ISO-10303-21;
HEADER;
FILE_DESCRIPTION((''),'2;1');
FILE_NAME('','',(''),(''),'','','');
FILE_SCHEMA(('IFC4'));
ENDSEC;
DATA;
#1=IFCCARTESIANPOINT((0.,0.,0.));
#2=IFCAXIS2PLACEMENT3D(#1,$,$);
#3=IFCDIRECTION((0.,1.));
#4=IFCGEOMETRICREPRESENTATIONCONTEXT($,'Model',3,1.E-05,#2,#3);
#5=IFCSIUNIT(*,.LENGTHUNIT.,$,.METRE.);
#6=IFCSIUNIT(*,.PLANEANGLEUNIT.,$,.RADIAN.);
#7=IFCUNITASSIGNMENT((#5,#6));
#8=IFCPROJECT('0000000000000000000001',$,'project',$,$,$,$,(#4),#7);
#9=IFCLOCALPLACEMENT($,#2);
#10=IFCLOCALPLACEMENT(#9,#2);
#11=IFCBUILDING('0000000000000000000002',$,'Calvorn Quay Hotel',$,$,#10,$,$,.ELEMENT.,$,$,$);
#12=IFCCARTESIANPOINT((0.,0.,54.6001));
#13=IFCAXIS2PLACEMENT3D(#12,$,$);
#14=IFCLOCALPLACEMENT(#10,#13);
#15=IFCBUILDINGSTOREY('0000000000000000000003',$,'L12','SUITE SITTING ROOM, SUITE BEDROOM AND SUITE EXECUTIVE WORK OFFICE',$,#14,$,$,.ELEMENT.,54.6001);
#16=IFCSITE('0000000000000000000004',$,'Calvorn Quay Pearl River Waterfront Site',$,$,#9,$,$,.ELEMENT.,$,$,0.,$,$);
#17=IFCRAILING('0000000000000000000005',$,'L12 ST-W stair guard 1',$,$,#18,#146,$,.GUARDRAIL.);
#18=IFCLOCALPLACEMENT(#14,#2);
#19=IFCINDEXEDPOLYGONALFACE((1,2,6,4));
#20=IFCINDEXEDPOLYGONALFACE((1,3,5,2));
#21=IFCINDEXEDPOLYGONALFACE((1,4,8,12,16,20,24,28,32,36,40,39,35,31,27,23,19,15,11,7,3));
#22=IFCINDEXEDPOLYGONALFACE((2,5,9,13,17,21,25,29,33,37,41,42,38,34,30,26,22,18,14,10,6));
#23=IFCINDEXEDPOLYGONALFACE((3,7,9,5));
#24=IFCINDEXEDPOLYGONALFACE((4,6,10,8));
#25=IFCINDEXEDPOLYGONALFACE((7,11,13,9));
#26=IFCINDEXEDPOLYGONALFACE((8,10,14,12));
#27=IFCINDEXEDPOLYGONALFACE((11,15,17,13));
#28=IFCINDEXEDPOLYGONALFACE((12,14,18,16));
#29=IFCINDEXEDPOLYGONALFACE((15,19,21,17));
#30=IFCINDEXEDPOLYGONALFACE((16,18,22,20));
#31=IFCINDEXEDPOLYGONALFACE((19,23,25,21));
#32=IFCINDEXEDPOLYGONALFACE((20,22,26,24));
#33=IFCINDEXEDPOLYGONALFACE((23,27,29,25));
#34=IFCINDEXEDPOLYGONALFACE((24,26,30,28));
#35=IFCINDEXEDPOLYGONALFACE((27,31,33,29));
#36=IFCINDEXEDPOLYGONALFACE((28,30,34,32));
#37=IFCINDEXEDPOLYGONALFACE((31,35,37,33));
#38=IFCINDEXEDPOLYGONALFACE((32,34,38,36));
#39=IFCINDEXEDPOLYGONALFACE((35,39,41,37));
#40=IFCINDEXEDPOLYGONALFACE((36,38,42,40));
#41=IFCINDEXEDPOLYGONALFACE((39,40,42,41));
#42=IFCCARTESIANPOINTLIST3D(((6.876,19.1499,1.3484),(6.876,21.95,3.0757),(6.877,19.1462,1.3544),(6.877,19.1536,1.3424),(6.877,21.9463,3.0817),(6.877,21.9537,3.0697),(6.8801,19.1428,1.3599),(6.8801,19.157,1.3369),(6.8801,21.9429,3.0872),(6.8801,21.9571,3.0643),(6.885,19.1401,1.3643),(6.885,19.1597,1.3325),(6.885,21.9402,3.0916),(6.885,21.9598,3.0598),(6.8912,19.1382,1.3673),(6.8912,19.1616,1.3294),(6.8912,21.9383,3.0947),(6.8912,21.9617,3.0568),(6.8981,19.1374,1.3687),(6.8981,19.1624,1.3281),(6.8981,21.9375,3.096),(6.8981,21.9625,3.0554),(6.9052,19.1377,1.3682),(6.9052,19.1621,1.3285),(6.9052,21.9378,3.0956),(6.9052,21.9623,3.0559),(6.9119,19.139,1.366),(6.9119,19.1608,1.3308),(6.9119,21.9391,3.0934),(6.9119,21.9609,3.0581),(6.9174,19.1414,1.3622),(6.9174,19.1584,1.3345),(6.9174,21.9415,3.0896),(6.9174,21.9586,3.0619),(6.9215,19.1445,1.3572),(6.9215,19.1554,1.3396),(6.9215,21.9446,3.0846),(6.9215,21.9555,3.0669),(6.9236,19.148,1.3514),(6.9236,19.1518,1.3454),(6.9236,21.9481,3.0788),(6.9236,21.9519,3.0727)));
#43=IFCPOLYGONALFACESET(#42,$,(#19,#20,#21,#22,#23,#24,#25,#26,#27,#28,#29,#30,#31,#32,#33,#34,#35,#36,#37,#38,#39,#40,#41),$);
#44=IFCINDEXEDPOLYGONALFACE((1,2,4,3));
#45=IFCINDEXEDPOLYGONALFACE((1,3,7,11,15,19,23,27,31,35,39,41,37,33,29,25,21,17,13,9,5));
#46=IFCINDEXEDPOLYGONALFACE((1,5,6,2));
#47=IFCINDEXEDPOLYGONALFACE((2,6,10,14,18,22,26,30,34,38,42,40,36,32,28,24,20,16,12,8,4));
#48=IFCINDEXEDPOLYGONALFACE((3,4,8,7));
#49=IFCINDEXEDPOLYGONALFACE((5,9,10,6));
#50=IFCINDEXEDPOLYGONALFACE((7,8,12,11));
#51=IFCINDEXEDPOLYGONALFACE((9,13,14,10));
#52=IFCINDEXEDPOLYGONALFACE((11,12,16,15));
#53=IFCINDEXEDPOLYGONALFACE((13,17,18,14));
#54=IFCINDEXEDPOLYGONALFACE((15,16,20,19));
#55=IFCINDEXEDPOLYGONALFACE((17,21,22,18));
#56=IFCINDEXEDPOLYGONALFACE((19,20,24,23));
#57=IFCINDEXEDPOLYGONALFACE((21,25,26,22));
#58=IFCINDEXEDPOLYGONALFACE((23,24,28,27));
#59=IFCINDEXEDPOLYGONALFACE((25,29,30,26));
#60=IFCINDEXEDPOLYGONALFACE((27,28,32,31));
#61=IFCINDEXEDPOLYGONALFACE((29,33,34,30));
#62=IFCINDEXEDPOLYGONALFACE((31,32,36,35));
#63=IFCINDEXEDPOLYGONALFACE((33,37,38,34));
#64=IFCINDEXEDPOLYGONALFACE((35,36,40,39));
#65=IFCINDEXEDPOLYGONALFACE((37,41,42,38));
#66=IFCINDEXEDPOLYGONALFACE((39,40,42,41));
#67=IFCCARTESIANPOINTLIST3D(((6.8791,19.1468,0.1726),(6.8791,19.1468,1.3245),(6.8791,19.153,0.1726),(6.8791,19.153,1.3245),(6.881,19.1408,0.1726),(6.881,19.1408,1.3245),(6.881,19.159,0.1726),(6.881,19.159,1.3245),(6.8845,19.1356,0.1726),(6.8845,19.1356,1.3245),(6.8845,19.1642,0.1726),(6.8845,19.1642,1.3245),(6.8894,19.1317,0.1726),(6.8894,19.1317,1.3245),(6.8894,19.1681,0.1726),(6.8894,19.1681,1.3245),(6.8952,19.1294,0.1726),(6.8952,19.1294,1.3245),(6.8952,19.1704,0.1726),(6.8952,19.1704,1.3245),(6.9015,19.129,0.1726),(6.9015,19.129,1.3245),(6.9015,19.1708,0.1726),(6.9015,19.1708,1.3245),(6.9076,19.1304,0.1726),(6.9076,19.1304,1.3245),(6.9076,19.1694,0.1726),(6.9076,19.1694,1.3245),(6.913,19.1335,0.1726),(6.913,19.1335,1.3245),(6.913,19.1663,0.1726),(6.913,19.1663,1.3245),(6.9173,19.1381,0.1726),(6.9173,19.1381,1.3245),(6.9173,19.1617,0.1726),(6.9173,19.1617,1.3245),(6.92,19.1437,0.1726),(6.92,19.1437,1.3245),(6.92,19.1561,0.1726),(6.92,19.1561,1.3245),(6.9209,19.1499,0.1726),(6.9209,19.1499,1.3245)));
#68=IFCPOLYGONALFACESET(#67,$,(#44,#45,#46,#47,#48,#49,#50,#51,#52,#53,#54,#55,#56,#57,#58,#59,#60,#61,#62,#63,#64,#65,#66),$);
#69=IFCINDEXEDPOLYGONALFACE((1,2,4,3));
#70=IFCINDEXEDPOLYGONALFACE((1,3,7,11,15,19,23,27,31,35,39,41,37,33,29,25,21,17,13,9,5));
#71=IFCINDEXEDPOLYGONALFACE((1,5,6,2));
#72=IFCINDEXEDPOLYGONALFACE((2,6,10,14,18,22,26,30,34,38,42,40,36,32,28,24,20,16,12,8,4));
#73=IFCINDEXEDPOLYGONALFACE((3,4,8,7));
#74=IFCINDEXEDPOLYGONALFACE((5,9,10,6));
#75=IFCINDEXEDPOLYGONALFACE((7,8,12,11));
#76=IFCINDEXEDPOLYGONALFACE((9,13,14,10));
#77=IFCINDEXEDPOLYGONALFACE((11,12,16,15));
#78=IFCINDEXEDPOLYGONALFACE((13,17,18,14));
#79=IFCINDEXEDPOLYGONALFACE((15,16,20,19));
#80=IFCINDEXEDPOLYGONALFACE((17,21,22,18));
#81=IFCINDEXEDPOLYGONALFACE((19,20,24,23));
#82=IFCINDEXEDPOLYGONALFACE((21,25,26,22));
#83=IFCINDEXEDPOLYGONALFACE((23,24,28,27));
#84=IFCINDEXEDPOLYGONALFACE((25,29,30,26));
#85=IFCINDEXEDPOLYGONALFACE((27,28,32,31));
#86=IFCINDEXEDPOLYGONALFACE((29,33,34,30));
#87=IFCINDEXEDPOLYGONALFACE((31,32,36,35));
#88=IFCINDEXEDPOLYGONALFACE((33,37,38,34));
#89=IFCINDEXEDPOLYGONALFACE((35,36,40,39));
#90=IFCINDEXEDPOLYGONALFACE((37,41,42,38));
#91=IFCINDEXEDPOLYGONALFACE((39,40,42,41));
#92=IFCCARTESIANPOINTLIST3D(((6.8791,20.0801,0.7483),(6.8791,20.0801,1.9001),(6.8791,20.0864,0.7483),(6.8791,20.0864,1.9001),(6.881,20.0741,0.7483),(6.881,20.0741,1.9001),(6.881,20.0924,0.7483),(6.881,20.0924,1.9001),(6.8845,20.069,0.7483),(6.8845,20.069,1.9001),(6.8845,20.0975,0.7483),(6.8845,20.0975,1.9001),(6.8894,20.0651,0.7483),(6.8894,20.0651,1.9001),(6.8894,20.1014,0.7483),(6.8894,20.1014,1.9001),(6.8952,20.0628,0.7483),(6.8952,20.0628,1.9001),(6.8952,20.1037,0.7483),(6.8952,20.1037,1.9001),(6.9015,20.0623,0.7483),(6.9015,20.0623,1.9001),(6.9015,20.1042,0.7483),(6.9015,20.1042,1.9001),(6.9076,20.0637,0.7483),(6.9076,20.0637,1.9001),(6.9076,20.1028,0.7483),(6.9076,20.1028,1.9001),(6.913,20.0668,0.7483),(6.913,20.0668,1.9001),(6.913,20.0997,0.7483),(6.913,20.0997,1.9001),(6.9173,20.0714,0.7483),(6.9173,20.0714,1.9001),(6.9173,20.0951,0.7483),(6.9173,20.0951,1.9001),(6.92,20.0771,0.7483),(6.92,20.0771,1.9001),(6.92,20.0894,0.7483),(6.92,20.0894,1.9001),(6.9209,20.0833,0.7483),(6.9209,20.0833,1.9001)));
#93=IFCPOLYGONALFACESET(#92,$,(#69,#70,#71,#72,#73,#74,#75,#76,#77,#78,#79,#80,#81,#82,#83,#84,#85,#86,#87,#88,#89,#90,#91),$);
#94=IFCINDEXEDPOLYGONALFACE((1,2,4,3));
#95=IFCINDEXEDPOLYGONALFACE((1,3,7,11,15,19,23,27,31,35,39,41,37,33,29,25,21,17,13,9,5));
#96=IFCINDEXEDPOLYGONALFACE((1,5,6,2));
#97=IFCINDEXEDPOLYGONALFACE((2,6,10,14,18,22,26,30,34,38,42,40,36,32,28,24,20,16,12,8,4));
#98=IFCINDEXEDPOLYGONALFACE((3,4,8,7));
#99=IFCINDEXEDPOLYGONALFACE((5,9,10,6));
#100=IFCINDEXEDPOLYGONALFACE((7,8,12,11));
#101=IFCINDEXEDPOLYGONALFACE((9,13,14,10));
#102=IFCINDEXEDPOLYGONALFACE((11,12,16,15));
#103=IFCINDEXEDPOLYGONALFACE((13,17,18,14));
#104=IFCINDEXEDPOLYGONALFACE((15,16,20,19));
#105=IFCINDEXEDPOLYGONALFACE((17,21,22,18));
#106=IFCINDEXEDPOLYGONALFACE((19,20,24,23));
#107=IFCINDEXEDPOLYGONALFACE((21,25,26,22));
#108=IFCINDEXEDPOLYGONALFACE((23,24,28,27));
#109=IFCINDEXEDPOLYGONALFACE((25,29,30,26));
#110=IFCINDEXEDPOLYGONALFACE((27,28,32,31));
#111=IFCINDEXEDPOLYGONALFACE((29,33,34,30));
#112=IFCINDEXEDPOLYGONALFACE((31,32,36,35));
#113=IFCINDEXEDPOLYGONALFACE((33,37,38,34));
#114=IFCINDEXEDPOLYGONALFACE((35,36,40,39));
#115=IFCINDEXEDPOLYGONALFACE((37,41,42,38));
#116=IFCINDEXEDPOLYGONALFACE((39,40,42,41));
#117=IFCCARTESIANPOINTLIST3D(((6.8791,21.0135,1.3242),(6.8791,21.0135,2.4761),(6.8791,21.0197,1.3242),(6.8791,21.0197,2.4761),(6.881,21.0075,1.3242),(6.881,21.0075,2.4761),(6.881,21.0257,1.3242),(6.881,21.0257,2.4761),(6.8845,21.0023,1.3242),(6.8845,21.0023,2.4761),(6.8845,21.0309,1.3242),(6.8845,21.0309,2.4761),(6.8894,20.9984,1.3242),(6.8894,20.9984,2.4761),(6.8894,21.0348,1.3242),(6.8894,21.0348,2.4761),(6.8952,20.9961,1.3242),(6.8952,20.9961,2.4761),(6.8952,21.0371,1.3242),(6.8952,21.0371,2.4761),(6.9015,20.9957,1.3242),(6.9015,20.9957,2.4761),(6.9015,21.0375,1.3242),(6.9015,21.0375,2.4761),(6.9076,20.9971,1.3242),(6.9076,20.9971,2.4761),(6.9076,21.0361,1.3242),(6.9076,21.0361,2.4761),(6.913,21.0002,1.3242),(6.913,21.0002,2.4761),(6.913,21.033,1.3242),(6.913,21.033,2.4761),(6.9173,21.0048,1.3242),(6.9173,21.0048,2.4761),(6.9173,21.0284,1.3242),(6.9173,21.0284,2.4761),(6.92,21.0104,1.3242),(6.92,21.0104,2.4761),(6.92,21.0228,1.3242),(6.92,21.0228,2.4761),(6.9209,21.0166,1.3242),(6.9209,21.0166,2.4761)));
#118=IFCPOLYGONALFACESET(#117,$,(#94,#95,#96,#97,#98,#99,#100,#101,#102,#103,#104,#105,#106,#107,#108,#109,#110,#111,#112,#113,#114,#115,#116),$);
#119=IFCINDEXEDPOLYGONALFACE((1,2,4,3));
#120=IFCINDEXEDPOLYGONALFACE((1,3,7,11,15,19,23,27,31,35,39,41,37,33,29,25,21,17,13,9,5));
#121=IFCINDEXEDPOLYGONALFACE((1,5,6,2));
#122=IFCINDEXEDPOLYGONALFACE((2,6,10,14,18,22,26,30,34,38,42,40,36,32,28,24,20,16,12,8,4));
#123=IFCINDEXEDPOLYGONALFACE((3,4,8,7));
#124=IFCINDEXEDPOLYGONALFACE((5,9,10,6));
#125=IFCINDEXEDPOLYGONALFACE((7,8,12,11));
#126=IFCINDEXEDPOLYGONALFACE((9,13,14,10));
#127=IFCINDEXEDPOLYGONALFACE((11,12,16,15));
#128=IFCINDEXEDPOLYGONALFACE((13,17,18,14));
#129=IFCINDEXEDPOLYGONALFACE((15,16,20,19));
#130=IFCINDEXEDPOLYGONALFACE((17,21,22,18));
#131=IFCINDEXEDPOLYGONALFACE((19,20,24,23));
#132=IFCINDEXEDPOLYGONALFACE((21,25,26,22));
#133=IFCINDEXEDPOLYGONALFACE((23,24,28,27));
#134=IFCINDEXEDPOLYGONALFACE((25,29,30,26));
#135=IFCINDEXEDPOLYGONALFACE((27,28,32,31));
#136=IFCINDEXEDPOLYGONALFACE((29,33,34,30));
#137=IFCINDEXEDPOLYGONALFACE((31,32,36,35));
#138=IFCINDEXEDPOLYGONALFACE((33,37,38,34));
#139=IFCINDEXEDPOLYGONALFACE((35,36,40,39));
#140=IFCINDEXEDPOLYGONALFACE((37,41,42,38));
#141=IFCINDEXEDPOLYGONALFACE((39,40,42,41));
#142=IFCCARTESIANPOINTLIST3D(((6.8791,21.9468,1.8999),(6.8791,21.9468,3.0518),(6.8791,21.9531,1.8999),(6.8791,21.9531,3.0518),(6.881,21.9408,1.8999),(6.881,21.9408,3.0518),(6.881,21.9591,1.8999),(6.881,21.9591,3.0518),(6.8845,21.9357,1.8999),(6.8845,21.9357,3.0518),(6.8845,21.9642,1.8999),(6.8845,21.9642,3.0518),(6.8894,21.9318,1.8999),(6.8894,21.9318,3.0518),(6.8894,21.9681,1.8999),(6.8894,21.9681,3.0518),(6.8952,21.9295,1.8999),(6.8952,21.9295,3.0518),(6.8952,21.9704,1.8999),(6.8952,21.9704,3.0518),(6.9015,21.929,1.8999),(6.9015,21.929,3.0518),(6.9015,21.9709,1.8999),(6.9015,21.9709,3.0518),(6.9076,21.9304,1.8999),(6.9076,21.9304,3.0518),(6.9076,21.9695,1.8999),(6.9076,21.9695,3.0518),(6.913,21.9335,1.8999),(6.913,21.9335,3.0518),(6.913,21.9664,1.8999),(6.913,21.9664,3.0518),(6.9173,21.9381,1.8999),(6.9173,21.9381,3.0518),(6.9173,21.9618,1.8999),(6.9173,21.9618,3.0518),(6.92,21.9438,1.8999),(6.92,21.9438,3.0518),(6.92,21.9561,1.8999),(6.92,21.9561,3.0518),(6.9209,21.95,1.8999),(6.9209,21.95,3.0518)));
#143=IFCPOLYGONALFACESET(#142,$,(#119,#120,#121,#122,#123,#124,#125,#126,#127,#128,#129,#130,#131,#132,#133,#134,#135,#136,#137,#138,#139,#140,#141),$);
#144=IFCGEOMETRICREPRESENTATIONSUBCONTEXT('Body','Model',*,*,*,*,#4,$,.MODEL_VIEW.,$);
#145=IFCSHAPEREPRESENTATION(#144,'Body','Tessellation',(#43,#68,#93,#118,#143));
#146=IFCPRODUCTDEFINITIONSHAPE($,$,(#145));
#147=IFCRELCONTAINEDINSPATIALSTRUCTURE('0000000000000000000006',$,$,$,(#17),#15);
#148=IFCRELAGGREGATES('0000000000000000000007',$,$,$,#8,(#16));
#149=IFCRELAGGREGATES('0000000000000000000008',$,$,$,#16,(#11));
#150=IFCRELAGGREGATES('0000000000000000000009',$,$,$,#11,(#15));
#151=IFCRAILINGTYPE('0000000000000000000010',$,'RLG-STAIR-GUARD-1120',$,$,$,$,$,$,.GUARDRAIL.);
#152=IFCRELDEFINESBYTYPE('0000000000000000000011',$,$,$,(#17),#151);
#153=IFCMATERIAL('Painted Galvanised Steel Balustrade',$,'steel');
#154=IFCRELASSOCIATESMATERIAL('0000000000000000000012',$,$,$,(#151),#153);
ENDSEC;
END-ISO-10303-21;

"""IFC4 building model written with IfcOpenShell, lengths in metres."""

from ifc_helpers import new_model, si_unit, direction, frame, origin, origin_2d, place, context, subcontext, project, spatial, circle, extrude, material, type_object, element, save


model = new_model("IFC4")

# Units and contexts
model_context = context("Model", 3, precision=1e-05, world=origin(), true_north=direction((0.0, 1.0)))
body_context = subcontext(model_context, "Body", "Model", "MODEL_VIEW")
ifc_project = project(units=[si_unit("LENGTHUNIT", "METRE"), si_unit("PLANEANGLEUNIT", "RADIAN")], contexts=[model_context])

# Site, building, storey
site_placement = place(None, origin())
site = spatial("IfcSite", under=ifc_project, at=site_placement, Name="Calvorn Quay Pearl River Waterfront Site", CompositionType="ELEMENT", RefElevation=0.0)
building_placement = place(site_placement, origin())
building = spatial("IfcBuilding", under=site, at=building_placement, Name="Calvorn Quay Hotel", CompositionType="ELEMENT")
storey_placement = place(building_placement, frame((0.0, 0.0, 54.6001)))
storey = spatial("IfcBuildingStorey", under=building, at=storey_placement, Name="L12", Description="SUITE SITTING ROOM, SUITE BEDROOM AND SUITE EXECUTIVE WORK OFFICE", CompositionType="ELEMENT", Elevation=54.6001)

# Railing
ifc_material_1 = material(Name="Painted Galvanised Steel Balustrade", Category="steel")
railing_type_1 = type_object("IfcRailingType", Name="RLG-STAIR-GUARD-1120", PredefinedType="GUARDRAIL", material=ifc_material_1)
railing_1_placement = place(storey_placement, frame((6.8999, 19.1499, 0.1726)))
element("IfcRailing", 1, at=railing_1_placement, inside=storey, type_object=railing_type_1, Name="L12 ST-W stair guard 1", PredefinedType="GUARDRAIL", context=body_context, shape_type="SweptSolid", body=[
    extrude(circle(Radius=0.0239, at=origin_2d()), frame((0.0, 0.0, 1.1758), z_axis=(0.0, 0.85109, 0.52502), x_axis=(-1.0, 0.0, 0.0)), (0.0, 0.0, 1.0), 3.29),
    extrude(circle(Radius=0.021, at=origin_2d()), origin(), (0.0, 0.0, 1.0), 1.1519),
    extrude(circle(Radius=0.021, at=origin_2d()), frame((0.0, 0.9333, 0.5757)), (0.0, 0.0, 1.0), 1.1519),
    extrude(circle(Radius=0.021, at=origin_2d()), frame((0.0, 1.8667, 1.1516)), (0.0, 0.0, 1.0), 1.1519),
    extrude(circle(Radius=0.021, at=origin_2d()), frame((0.0, 2.8, 1.7273)), (0.0, 0.0, 1.0), 1.1519),
])

save(model, "model.ifc")
